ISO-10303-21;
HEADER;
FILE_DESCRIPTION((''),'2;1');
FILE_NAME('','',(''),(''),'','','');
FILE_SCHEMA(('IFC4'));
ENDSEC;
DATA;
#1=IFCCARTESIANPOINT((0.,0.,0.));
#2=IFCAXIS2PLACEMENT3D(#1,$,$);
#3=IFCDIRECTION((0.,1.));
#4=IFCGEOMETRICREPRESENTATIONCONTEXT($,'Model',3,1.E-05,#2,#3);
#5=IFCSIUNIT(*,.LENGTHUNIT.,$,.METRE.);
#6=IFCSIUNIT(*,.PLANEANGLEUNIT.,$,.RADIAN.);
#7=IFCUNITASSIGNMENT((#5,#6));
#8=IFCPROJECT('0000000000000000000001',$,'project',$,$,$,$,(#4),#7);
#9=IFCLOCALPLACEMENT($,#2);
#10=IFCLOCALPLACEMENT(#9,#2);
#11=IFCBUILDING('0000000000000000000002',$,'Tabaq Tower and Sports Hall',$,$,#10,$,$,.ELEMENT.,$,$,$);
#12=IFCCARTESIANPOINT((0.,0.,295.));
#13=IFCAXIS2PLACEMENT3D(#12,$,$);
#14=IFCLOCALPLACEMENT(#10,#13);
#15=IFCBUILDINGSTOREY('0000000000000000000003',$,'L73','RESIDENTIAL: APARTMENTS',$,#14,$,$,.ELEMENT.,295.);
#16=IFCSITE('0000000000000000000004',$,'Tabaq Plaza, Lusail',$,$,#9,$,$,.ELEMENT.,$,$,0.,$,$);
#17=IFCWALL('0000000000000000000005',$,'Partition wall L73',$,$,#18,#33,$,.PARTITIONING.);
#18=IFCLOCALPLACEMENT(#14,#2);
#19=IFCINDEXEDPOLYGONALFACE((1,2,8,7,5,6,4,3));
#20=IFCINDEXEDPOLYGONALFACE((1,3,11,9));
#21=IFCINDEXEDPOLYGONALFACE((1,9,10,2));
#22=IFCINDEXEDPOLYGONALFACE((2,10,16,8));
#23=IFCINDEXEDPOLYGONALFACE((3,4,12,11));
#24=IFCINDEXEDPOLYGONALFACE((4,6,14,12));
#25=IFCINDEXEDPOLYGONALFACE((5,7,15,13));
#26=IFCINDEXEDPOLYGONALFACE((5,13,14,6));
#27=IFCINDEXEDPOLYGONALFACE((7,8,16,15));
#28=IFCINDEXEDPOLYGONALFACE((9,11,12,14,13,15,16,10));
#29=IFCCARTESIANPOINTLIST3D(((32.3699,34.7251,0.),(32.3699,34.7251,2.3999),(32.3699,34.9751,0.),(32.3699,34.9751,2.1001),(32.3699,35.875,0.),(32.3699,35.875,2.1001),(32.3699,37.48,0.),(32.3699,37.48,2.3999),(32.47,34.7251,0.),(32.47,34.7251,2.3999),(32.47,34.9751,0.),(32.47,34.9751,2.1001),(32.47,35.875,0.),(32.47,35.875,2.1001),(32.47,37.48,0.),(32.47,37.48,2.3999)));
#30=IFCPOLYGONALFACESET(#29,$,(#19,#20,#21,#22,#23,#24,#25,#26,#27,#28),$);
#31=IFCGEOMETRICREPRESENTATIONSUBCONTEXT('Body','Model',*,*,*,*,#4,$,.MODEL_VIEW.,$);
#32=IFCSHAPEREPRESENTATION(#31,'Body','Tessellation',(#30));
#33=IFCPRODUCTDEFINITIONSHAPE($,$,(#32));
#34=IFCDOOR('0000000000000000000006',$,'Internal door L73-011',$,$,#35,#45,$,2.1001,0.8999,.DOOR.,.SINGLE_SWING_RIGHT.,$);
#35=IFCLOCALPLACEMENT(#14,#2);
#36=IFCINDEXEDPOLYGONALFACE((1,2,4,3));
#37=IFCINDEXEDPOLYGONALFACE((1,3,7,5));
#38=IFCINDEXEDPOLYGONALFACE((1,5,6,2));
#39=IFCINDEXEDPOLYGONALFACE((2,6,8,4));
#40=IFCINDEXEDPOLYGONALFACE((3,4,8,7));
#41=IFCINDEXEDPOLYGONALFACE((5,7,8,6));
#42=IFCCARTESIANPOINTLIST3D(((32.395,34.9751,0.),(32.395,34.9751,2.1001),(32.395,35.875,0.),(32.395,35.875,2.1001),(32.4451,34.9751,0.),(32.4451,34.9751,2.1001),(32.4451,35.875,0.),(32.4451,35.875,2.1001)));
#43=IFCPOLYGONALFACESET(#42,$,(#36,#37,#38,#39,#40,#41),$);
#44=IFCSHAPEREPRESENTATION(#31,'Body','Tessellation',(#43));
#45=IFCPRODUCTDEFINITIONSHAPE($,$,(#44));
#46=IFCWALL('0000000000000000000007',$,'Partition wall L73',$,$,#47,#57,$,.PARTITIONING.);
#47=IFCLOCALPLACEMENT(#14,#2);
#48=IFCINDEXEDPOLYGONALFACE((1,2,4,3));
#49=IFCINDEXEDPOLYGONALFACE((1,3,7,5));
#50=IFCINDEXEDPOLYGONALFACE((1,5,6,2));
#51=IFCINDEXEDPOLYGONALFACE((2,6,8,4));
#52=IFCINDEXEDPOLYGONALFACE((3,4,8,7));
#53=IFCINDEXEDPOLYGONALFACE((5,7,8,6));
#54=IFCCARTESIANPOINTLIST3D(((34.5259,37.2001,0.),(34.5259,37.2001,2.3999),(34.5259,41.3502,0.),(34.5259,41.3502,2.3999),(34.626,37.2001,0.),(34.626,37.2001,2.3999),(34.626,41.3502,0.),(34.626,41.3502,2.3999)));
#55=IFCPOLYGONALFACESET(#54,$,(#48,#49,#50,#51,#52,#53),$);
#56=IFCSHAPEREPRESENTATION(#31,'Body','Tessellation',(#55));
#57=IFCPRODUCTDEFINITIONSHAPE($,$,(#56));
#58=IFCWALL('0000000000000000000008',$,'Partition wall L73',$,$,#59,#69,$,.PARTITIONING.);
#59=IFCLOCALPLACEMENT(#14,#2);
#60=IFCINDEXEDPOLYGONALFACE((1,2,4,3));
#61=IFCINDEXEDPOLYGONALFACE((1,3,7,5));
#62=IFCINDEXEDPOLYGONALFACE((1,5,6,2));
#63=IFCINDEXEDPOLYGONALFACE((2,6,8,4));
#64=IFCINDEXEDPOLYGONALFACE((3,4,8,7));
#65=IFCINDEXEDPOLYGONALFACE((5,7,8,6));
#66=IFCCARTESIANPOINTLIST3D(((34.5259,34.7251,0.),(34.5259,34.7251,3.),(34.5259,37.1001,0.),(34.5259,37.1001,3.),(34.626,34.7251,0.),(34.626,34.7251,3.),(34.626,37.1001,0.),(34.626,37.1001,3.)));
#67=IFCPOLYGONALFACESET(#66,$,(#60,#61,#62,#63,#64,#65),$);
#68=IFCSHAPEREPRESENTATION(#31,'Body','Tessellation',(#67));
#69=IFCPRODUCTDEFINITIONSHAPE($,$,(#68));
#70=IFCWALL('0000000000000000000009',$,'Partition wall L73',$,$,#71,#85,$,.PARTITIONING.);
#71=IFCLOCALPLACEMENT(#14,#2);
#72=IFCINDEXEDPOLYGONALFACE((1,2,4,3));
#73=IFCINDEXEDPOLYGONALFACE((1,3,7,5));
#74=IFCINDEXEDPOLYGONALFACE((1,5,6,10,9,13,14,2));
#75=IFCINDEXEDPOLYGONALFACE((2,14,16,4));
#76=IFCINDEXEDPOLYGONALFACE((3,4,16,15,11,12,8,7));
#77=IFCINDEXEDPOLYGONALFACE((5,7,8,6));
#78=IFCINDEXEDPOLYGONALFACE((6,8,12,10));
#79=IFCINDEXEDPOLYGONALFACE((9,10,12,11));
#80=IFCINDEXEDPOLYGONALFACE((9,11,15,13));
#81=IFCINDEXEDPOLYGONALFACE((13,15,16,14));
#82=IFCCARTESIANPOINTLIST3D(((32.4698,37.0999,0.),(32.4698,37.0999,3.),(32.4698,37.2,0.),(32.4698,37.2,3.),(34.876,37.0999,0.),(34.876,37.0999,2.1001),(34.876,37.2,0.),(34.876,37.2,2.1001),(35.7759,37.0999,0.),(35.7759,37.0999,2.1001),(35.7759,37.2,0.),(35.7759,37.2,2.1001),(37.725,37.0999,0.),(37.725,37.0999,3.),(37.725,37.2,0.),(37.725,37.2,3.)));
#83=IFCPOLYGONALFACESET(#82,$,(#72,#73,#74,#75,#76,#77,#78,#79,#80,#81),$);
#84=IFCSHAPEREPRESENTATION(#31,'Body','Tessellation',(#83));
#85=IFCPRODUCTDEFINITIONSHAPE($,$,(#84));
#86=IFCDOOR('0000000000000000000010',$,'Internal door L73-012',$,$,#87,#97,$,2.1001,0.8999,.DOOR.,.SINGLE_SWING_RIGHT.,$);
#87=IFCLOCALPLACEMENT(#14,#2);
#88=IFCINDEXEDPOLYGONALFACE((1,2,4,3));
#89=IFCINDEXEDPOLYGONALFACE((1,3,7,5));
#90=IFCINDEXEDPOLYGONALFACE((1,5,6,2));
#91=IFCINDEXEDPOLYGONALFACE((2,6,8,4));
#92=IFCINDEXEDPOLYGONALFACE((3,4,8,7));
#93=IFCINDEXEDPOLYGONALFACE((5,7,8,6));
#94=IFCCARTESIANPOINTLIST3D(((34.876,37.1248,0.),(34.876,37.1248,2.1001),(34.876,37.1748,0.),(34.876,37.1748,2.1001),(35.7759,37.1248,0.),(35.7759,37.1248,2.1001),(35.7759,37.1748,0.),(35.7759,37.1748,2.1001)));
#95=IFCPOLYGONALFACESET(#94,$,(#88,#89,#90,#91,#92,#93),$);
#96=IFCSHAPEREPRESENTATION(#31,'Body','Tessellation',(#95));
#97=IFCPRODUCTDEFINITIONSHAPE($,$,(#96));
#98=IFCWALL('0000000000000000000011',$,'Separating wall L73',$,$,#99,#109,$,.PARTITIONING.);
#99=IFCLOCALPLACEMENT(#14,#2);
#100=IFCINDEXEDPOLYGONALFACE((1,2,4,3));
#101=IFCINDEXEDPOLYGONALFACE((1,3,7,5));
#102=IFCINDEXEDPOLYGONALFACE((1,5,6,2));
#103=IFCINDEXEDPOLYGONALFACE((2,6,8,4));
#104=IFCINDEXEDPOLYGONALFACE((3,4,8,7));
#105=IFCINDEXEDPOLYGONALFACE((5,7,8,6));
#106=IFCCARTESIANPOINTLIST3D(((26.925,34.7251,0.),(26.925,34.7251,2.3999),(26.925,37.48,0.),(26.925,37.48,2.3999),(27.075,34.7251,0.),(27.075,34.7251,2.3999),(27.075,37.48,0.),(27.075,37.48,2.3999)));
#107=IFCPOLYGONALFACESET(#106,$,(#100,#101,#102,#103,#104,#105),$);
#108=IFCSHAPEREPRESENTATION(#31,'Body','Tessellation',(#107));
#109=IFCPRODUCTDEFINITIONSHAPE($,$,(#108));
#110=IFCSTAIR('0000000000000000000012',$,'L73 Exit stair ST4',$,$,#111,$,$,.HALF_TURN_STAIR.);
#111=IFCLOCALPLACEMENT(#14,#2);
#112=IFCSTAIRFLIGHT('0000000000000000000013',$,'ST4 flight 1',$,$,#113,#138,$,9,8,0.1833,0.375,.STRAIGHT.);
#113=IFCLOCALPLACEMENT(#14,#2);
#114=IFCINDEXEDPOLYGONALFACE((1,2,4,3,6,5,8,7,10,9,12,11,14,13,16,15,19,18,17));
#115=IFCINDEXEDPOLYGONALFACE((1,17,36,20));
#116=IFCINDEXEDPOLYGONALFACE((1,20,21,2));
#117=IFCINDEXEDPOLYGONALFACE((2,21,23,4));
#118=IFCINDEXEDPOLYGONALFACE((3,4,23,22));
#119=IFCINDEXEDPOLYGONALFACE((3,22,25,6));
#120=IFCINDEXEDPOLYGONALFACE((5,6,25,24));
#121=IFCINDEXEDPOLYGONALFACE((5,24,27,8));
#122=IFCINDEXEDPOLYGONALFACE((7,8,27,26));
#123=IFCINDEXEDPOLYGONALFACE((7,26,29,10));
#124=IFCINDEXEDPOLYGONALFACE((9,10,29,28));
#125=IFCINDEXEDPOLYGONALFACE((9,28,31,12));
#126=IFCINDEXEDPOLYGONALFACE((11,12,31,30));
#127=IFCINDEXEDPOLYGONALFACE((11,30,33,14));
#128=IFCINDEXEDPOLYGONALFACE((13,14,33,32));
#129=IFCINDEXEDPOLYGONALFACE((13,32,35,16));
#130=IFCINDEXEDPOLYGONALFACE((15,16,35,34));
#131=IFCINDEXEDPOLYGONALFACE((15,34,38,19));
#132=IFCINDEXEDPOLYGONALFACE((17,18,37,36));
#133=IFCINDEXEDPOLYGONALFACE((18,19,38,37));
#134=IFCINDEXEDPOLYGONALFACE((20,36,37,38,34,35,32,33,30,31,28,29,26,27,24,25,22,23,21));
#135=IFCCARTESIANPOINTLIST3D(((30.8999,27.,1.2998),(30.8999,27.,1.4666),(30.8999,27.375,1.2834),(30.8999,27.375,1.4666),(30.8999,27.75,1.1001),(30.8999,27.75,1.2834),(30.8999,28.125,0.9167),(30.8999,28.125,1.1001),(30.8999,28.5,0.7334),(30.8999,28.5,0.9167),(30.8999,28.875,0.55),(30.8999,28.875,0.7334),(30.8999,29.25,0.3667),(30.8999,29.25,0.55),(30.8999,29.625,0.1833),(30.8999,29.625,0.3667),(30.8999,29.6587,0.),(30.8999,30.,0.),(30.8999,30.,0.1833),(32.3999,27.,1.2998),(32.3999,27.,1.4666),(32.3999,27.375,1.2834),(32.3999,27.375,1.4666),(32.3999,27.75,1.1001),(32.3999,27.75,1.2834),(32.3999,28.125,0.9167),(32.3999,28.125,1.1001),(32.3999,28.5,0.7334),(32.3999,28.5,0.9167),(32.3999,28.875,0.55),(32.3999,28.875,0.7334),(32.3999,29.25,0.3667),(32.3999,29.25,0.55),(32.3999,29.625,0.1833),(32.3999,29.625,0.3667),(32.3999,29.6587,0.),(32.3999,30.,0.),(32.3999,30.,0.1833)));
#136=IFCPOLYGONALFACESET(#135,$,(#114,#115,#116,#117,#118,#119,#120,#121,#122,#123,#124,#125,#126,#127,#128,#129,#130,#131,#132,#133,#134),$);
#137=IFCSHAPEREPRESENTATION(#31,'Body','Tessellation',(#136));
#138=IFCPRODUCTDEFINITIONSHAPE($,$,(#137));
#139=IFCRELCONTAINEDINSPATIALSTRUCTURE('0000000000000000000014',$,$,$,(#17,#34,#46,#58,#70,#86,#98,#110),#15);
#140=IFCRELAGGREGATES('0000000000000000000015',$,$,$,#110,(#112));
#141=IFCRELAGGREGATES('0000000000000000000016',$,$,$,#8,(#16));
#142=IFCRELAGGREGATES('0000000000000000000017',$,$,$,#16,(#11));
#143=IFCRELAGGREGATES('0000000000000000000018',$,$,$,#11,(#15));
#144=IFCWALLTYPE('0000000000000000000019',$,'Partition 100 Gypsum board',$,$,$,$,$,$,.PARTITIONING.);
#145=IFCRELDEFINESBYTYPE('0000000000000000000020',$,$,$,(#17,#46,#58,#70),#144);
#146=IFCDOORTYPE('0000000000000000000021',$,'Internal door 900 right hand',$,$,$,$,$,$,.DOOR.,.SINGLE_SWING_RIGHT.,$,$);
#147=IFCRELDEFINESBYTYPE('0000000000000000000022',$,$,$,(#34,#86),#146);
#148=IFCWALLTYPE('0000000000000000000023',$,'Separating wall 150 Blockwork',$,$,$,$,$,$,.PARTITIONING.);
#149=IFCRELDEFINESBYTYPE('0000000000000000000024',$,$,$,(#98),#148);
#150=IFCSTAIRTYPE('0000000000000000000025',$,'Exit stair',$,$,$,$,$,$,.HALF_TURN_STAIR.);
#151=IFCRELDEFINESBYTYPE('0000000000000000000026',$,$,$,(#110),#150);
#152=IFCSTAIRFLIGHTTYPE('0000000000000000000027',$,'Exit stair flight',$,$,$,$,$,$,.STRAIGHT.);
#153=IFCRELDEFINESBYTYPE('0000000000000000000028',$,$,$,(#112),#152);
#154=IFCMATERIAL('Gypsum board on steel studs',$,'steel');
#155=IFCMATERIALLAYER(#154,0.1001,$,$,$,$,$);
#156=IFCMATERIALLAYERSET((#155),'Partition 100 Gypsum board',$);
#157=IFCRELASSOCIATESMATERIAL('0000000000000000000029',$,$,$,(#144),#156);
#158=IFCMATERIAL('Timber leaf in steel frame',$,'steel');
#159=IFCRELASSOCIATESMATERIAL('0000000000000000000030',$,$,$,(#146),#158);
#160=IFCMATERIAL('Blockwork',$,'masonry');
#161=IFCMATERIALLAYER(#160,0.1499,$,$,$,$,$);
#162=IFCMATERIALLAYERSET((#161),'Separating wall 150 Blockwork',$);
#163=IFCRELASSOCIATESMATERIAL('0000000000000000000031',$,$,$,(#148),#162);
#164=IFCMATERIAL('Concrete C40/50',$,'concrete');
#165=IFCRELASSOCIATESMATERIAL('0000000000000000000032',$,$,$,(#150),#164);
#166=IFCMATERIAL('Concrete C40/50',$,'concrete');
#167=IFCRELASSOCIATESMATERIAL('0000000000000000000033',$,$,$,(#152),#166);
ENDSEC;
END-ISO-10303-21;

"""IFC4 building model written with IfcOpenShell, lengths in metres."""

from ifc_helpers import new_model, si_unit, direction, frame, frame_2d, origin, place, context, subcontext, project, spatial, polyline, rectangle, outline, extrude, material, layer, layer_set, type_object, element, fill, aggregate, save


model = new_model("IFC4")

# Units and contexts
model_context = context("Model", 3, precision=1e-05, world=origin(), true_north=direction((0.0, 1.0)))
body_context = subcontext(model_context, "Body", "Model", "MODEL_VIEW")
ifc_project = project(units=[si_unit("LENGTHUNIT", "METRE"), si_unit("PLANEANGLEUNIT", "RADIAN")], contexts=[model_context])

# Site, building, storey
site_placement = place(None, origin())
site = spatial("IfcSite", under=ifc_project, at=site_placement, Name="Tabaq Plaza, Lusail", CompositionType="ELEMENT", RefElevation=0.0)
building_placement = place(site_placement, origin())
building = spatial("IfcBuilding", under=site, at=building_placement, Name="Tabaq Tower and Sports Hall", CompositionType="ELEMENT")
storey_placement = place(building_placement, frame((0.0, 0.0, 295.0)))
storey = spatial("IfcBuildingStorey", under=building, at=storey_placement, Name="L73", Description="RESIDENTIAL: APARTMENTS", CompositionType="ELEMENT", Elevation=295.0)

# Shared definitions
ifc_material_1 = material(Name="Gypsum board on steel studs", Category="steel")
ifc_layer_1 = layer(ifc_material_1, 0.1001)
ifc_layer_set_1 = layer_set([ifc_layer_1], Name="Partition 100 Gypsum board")
wall_type_1 = type_object("IfcWallType", Name="Partition 100 Gypsum board", PredefinedType="PARTITIONING", material=ifc_layer_set_1)

# Shared definitions
ifc_material_2 = material(Name="Timber leaf in steel frame", Category="steel")
door_type_1 = type_object("IfcDoorType", Name="Internal door 900 right hand", OperationType="SINGLE_SWING_RIGHT", PredefinedType="DOOR", material=ifc_material_2)

# Wall, opening, door
wall_1_placement = place(storey_placement, frame((32.4199, 34.7251, 0.0), z_axis=(0.0, 0.0, 1.0), x_axis=(0.0, 1.0, 0.0)))
wall_1 = element("IfcWall", 1, at=wall_1_placement, inside=storey, type_object=wall_type_1, Name="Partition wall L73", PredefinedType="PARTITIONING", context=body_context, shape_type="SweptSolid", body=[
    extrude(rectangle(XDim=2.7549, YDim=0.1001, at=frame_2d((1.3774, 0.0))), origin(), (0.0, 0.0, 1.0), 2.3999),
])
opening_1_placement = place(wall_1_placement, frame((0.25, 0.0, 0.0)))
opening_1 = element("IfcOpeningElement", 2, at=opening_1_placement, cuts=wall_1, PredefinedType="OPENING", context=body_context, shape_type="SweptSolid", body=[
    extrude(rectangle(XDim=0.8999, YDim=2.1001, at=frame_2d((0.45, 1.05))), frame((0.0, 0.05, 0.0), z_axis=(0.0, -1.0, 0.0), x_axis=(1.0, 0.0, 0.0)), (0.0, 0.0, 1.0), 0.1001),
])
door_1_placement = place(opening_1_placement, origin())
door_1 = element("IfcDoor", 3, at=door_1_placement, inside=storey, type_object=door_type_1, Name="Internal door L73-011", OperationType="SINGLE_SWING_RIGHT", OverallHeight=2.1001, OverallWidth=0.8999, PredefinedType="DOOR", context=body_context, shape_type="SweptSolid", body=[
    extrude(rectangle(XDim=0.8999, YDim=2.1001, at=frame_2d((0.45, 1.05))), frame((0.0, 0.0249, 0.0), z_axis=(0.0, -1.0, 0.0), x_axis=(1.0, 0.0, 0.0)), (0.0, 0.0, 1.0), 0.05),
])
fill(opening_1, door_1)

# Walls
wall_2_placement = place(storey_placement, frame((34.5759, 37.2, 0.0), z_axis=(0.0, 0.0, 1.0), x_axis=(0.0, 1.0, 0.0)))
element("IfcWall", 4, at=wall_2_placement, inside=storey, type_object=wall_type_1, Name="Partition wall L73", PredefinedType="PARTITIONING", context=body_context, shape_type="SweptSolid", body=[
    extrude(rectangle(XDim=4.1501, YDim=0.1001, at=frame_2d((2.0752, 0.0))), origin(), (0.0, 0.0, 1.0), 2.3999),
])
wall_3_placement = place(storey_placement, frame((34.5759, 34.7251, 0.0), z_axis=(0.0, 0.0, 1.0), x_axis=(0.0, 1.0, 0.0)))
element("IfcWall", 5, at=wall_3_placement, inside=storey, type_object=wall_type_1, Name="Partition wall L73", PredefinedType="PARTITIONING", context=body_context, shape_type="SweptSolid", body=[
    extrude(rectangle(XDim=2.375, YDim=0.1001, at=frame_2d((1.1875, 0.0))), origin(), (0.0, 0.0, 1.0), 3.0),
])

# Wall, opening, door
wall_4_placement = place(storey_placement, frame((32.47, 37.1499, 0.0), z_axis=(0.0, 0.0, 1.0), x_axis=(1.0, 0.0, 0.0)))
wall_4 = element("IfcWall", 6, at=wall_4_placement, inside=storey, type_object=wall_type_1, Name="Partition wall L73", PredefinedType="PARTITIONING", context=body_context, shape_type="SweptSolid", body=[
    extrude(rectangle(XDim=5.2551, YDim=0.1001, at=frame_2d((2.6274, 0.0))), origin(), (0.0, 0.0, 1.0), 3.0),
])
opening_2_placement = place(wall_4_placement, frame((2.406, 0.0, 0.0)))
opening_2 = element("IfcOpeningElement", 7, at=opening_2_placement, cuts=wall_4, PredefinedType="OPENING", context=body_context, shape_type="SweptSolid", body=[
    extrude(rectangle(XDim=0.8999, YDim=2.1001, at=frame_2d((0.45, 1.05))), frame((0.0, 0.05, 0.0), z_axis=(0.0, -1.0, 0.0), x_axis=(1.0, 0.0, 0.0)), (0.0, 0.0, 1.0), 0.1001),
])
door_2_placement = place(opening_2_placement, origin())
door_2 = element("IfcDoor", 8, at=door_2_placement, inside=storey, type_object=door_type_1, Name="Internal door L73-012", OperationType="SINGLE_SWING_RIGHT", OverallHeight=2.1001, OverallWidth=0.8999, PredefinedType="DOOR", context=body_context, shape_type="SweptSolid", body=[
    extrude(rectangle(XDim=0.8999, YDim=2.1001, at=frame_2d((0.45, 1.05))), frame((0.0, 0.0249, 0.0), z_axis=(0.0, -1.0, 0.0), x_axis=(1.0, 0.0, 0.0)), (0.0, 0.0, 1.0), 0.05),
])
fill(opening_2, door_2)

# Wall
ifc_material_3 = material(Name="Blockwork", Category="masonry")
ifc_layer_2 = layer(ifc_material_3, 0.1499)
ifc_layer_set_2 = layer_set([ifc_layer_2], Name="Separating wall 150 Blockwork")
wall_type_2 = type_object("IfcWallType", Name="Separating wall 150 Blockwork", PredefinedType="PARTITIONING", material=ifc_layer_set_2)
wall_5_placement = place(storey_placement, frame((27.0, 34.7251, 0.0), z_axis=(0.0, 0.0, 1.0), x_axis=(0.0, 1.0, 0.0)))
element("IfcWall", 9, at=wall_5_placement, inside=storey, type_object=wall_type_2, Name="Separating wall L73", PredefinedType="PARTITIONING", context=body_context, shape_type="SweptSolid", body=[
    extrude(rectangle(XDim=2.7549, YDim=0.1499, at=frame_2d((1.3774, 0.0))), origin(), (0.0, 0.0, 1.0), 2.3999),
])

# Stair, stair flight
ifc_material_4 = material(Name="Concrete C40/50", Category="concrete")
stair_type = type_object("IfcStairType", Name="Exit stair", PredefinedType="HALF_TURN_STAIR", material=ifc_material_4)
stair_placement = place(storey_placement, origin())
stair = element("IfcStair", 10, at=stair_placement, inside=storey, type_object=stair_type, Name="L73 Exit stair ST4", PredefinedType="HALF_TURN_STAIR")
ifc_material_5 = material(Name="Concrete C40/50", Category="concrete")
stair_flight_type = type_object("IfcStairFlightType", Name="Exit stair flight", PredefinedType="STRAIGHT", material=ifc_material_5)
stair_flight_placement = place(storey_placement, frame((31.6499, 30.0, 0.0), z_axis=(0.0, 0.0, 1.0), x_axis=(0.0, -1.0, 0.0)))
stair_flight = element("IfcStairFlight", 11, at=stair_flight_placement, type_object=stair_flight_type, Name="ST4 flight 1", NumberOfRisers=9, NumberOfTreads=8, PredefinedType="STRAIGHT", RiserHeight=0.1833, TreadLength=0.375, context=body_context, shape_type="SweptSolid", body=[
    extrude(outline(polyline([(0.0, 0.0), (0.0, 0.1833), (0.375, 0.1833), (0.375, 0.3667), (0.75, 0.3667), (0.75, 0.55), (1.125, 0.55), (1.125, 0.7334), (1.5, 0.7334), (1.5, 0.9167), (1.875, 0.9167), (1.875, 1.1001), (2.25, 1.1001), (2.25, 1.2834), (2.625, 1.2834), (2.625, 1.4666), (3.0, 1.4666), (3.0, 1.6499), (3.0, 1.2998), (0.3413, 0.0), (0.0, 0.0)])), frame((0.0, 0.75, 0.0), z_axis=(0.0, -1.0, 0.0), x_axis=(1.0, 0.0, 0.0)), (0.0, 0.0, 1.0), 1.5),
])
aggregate(stair, [stair_flight])

save(model, "model.ifc")
